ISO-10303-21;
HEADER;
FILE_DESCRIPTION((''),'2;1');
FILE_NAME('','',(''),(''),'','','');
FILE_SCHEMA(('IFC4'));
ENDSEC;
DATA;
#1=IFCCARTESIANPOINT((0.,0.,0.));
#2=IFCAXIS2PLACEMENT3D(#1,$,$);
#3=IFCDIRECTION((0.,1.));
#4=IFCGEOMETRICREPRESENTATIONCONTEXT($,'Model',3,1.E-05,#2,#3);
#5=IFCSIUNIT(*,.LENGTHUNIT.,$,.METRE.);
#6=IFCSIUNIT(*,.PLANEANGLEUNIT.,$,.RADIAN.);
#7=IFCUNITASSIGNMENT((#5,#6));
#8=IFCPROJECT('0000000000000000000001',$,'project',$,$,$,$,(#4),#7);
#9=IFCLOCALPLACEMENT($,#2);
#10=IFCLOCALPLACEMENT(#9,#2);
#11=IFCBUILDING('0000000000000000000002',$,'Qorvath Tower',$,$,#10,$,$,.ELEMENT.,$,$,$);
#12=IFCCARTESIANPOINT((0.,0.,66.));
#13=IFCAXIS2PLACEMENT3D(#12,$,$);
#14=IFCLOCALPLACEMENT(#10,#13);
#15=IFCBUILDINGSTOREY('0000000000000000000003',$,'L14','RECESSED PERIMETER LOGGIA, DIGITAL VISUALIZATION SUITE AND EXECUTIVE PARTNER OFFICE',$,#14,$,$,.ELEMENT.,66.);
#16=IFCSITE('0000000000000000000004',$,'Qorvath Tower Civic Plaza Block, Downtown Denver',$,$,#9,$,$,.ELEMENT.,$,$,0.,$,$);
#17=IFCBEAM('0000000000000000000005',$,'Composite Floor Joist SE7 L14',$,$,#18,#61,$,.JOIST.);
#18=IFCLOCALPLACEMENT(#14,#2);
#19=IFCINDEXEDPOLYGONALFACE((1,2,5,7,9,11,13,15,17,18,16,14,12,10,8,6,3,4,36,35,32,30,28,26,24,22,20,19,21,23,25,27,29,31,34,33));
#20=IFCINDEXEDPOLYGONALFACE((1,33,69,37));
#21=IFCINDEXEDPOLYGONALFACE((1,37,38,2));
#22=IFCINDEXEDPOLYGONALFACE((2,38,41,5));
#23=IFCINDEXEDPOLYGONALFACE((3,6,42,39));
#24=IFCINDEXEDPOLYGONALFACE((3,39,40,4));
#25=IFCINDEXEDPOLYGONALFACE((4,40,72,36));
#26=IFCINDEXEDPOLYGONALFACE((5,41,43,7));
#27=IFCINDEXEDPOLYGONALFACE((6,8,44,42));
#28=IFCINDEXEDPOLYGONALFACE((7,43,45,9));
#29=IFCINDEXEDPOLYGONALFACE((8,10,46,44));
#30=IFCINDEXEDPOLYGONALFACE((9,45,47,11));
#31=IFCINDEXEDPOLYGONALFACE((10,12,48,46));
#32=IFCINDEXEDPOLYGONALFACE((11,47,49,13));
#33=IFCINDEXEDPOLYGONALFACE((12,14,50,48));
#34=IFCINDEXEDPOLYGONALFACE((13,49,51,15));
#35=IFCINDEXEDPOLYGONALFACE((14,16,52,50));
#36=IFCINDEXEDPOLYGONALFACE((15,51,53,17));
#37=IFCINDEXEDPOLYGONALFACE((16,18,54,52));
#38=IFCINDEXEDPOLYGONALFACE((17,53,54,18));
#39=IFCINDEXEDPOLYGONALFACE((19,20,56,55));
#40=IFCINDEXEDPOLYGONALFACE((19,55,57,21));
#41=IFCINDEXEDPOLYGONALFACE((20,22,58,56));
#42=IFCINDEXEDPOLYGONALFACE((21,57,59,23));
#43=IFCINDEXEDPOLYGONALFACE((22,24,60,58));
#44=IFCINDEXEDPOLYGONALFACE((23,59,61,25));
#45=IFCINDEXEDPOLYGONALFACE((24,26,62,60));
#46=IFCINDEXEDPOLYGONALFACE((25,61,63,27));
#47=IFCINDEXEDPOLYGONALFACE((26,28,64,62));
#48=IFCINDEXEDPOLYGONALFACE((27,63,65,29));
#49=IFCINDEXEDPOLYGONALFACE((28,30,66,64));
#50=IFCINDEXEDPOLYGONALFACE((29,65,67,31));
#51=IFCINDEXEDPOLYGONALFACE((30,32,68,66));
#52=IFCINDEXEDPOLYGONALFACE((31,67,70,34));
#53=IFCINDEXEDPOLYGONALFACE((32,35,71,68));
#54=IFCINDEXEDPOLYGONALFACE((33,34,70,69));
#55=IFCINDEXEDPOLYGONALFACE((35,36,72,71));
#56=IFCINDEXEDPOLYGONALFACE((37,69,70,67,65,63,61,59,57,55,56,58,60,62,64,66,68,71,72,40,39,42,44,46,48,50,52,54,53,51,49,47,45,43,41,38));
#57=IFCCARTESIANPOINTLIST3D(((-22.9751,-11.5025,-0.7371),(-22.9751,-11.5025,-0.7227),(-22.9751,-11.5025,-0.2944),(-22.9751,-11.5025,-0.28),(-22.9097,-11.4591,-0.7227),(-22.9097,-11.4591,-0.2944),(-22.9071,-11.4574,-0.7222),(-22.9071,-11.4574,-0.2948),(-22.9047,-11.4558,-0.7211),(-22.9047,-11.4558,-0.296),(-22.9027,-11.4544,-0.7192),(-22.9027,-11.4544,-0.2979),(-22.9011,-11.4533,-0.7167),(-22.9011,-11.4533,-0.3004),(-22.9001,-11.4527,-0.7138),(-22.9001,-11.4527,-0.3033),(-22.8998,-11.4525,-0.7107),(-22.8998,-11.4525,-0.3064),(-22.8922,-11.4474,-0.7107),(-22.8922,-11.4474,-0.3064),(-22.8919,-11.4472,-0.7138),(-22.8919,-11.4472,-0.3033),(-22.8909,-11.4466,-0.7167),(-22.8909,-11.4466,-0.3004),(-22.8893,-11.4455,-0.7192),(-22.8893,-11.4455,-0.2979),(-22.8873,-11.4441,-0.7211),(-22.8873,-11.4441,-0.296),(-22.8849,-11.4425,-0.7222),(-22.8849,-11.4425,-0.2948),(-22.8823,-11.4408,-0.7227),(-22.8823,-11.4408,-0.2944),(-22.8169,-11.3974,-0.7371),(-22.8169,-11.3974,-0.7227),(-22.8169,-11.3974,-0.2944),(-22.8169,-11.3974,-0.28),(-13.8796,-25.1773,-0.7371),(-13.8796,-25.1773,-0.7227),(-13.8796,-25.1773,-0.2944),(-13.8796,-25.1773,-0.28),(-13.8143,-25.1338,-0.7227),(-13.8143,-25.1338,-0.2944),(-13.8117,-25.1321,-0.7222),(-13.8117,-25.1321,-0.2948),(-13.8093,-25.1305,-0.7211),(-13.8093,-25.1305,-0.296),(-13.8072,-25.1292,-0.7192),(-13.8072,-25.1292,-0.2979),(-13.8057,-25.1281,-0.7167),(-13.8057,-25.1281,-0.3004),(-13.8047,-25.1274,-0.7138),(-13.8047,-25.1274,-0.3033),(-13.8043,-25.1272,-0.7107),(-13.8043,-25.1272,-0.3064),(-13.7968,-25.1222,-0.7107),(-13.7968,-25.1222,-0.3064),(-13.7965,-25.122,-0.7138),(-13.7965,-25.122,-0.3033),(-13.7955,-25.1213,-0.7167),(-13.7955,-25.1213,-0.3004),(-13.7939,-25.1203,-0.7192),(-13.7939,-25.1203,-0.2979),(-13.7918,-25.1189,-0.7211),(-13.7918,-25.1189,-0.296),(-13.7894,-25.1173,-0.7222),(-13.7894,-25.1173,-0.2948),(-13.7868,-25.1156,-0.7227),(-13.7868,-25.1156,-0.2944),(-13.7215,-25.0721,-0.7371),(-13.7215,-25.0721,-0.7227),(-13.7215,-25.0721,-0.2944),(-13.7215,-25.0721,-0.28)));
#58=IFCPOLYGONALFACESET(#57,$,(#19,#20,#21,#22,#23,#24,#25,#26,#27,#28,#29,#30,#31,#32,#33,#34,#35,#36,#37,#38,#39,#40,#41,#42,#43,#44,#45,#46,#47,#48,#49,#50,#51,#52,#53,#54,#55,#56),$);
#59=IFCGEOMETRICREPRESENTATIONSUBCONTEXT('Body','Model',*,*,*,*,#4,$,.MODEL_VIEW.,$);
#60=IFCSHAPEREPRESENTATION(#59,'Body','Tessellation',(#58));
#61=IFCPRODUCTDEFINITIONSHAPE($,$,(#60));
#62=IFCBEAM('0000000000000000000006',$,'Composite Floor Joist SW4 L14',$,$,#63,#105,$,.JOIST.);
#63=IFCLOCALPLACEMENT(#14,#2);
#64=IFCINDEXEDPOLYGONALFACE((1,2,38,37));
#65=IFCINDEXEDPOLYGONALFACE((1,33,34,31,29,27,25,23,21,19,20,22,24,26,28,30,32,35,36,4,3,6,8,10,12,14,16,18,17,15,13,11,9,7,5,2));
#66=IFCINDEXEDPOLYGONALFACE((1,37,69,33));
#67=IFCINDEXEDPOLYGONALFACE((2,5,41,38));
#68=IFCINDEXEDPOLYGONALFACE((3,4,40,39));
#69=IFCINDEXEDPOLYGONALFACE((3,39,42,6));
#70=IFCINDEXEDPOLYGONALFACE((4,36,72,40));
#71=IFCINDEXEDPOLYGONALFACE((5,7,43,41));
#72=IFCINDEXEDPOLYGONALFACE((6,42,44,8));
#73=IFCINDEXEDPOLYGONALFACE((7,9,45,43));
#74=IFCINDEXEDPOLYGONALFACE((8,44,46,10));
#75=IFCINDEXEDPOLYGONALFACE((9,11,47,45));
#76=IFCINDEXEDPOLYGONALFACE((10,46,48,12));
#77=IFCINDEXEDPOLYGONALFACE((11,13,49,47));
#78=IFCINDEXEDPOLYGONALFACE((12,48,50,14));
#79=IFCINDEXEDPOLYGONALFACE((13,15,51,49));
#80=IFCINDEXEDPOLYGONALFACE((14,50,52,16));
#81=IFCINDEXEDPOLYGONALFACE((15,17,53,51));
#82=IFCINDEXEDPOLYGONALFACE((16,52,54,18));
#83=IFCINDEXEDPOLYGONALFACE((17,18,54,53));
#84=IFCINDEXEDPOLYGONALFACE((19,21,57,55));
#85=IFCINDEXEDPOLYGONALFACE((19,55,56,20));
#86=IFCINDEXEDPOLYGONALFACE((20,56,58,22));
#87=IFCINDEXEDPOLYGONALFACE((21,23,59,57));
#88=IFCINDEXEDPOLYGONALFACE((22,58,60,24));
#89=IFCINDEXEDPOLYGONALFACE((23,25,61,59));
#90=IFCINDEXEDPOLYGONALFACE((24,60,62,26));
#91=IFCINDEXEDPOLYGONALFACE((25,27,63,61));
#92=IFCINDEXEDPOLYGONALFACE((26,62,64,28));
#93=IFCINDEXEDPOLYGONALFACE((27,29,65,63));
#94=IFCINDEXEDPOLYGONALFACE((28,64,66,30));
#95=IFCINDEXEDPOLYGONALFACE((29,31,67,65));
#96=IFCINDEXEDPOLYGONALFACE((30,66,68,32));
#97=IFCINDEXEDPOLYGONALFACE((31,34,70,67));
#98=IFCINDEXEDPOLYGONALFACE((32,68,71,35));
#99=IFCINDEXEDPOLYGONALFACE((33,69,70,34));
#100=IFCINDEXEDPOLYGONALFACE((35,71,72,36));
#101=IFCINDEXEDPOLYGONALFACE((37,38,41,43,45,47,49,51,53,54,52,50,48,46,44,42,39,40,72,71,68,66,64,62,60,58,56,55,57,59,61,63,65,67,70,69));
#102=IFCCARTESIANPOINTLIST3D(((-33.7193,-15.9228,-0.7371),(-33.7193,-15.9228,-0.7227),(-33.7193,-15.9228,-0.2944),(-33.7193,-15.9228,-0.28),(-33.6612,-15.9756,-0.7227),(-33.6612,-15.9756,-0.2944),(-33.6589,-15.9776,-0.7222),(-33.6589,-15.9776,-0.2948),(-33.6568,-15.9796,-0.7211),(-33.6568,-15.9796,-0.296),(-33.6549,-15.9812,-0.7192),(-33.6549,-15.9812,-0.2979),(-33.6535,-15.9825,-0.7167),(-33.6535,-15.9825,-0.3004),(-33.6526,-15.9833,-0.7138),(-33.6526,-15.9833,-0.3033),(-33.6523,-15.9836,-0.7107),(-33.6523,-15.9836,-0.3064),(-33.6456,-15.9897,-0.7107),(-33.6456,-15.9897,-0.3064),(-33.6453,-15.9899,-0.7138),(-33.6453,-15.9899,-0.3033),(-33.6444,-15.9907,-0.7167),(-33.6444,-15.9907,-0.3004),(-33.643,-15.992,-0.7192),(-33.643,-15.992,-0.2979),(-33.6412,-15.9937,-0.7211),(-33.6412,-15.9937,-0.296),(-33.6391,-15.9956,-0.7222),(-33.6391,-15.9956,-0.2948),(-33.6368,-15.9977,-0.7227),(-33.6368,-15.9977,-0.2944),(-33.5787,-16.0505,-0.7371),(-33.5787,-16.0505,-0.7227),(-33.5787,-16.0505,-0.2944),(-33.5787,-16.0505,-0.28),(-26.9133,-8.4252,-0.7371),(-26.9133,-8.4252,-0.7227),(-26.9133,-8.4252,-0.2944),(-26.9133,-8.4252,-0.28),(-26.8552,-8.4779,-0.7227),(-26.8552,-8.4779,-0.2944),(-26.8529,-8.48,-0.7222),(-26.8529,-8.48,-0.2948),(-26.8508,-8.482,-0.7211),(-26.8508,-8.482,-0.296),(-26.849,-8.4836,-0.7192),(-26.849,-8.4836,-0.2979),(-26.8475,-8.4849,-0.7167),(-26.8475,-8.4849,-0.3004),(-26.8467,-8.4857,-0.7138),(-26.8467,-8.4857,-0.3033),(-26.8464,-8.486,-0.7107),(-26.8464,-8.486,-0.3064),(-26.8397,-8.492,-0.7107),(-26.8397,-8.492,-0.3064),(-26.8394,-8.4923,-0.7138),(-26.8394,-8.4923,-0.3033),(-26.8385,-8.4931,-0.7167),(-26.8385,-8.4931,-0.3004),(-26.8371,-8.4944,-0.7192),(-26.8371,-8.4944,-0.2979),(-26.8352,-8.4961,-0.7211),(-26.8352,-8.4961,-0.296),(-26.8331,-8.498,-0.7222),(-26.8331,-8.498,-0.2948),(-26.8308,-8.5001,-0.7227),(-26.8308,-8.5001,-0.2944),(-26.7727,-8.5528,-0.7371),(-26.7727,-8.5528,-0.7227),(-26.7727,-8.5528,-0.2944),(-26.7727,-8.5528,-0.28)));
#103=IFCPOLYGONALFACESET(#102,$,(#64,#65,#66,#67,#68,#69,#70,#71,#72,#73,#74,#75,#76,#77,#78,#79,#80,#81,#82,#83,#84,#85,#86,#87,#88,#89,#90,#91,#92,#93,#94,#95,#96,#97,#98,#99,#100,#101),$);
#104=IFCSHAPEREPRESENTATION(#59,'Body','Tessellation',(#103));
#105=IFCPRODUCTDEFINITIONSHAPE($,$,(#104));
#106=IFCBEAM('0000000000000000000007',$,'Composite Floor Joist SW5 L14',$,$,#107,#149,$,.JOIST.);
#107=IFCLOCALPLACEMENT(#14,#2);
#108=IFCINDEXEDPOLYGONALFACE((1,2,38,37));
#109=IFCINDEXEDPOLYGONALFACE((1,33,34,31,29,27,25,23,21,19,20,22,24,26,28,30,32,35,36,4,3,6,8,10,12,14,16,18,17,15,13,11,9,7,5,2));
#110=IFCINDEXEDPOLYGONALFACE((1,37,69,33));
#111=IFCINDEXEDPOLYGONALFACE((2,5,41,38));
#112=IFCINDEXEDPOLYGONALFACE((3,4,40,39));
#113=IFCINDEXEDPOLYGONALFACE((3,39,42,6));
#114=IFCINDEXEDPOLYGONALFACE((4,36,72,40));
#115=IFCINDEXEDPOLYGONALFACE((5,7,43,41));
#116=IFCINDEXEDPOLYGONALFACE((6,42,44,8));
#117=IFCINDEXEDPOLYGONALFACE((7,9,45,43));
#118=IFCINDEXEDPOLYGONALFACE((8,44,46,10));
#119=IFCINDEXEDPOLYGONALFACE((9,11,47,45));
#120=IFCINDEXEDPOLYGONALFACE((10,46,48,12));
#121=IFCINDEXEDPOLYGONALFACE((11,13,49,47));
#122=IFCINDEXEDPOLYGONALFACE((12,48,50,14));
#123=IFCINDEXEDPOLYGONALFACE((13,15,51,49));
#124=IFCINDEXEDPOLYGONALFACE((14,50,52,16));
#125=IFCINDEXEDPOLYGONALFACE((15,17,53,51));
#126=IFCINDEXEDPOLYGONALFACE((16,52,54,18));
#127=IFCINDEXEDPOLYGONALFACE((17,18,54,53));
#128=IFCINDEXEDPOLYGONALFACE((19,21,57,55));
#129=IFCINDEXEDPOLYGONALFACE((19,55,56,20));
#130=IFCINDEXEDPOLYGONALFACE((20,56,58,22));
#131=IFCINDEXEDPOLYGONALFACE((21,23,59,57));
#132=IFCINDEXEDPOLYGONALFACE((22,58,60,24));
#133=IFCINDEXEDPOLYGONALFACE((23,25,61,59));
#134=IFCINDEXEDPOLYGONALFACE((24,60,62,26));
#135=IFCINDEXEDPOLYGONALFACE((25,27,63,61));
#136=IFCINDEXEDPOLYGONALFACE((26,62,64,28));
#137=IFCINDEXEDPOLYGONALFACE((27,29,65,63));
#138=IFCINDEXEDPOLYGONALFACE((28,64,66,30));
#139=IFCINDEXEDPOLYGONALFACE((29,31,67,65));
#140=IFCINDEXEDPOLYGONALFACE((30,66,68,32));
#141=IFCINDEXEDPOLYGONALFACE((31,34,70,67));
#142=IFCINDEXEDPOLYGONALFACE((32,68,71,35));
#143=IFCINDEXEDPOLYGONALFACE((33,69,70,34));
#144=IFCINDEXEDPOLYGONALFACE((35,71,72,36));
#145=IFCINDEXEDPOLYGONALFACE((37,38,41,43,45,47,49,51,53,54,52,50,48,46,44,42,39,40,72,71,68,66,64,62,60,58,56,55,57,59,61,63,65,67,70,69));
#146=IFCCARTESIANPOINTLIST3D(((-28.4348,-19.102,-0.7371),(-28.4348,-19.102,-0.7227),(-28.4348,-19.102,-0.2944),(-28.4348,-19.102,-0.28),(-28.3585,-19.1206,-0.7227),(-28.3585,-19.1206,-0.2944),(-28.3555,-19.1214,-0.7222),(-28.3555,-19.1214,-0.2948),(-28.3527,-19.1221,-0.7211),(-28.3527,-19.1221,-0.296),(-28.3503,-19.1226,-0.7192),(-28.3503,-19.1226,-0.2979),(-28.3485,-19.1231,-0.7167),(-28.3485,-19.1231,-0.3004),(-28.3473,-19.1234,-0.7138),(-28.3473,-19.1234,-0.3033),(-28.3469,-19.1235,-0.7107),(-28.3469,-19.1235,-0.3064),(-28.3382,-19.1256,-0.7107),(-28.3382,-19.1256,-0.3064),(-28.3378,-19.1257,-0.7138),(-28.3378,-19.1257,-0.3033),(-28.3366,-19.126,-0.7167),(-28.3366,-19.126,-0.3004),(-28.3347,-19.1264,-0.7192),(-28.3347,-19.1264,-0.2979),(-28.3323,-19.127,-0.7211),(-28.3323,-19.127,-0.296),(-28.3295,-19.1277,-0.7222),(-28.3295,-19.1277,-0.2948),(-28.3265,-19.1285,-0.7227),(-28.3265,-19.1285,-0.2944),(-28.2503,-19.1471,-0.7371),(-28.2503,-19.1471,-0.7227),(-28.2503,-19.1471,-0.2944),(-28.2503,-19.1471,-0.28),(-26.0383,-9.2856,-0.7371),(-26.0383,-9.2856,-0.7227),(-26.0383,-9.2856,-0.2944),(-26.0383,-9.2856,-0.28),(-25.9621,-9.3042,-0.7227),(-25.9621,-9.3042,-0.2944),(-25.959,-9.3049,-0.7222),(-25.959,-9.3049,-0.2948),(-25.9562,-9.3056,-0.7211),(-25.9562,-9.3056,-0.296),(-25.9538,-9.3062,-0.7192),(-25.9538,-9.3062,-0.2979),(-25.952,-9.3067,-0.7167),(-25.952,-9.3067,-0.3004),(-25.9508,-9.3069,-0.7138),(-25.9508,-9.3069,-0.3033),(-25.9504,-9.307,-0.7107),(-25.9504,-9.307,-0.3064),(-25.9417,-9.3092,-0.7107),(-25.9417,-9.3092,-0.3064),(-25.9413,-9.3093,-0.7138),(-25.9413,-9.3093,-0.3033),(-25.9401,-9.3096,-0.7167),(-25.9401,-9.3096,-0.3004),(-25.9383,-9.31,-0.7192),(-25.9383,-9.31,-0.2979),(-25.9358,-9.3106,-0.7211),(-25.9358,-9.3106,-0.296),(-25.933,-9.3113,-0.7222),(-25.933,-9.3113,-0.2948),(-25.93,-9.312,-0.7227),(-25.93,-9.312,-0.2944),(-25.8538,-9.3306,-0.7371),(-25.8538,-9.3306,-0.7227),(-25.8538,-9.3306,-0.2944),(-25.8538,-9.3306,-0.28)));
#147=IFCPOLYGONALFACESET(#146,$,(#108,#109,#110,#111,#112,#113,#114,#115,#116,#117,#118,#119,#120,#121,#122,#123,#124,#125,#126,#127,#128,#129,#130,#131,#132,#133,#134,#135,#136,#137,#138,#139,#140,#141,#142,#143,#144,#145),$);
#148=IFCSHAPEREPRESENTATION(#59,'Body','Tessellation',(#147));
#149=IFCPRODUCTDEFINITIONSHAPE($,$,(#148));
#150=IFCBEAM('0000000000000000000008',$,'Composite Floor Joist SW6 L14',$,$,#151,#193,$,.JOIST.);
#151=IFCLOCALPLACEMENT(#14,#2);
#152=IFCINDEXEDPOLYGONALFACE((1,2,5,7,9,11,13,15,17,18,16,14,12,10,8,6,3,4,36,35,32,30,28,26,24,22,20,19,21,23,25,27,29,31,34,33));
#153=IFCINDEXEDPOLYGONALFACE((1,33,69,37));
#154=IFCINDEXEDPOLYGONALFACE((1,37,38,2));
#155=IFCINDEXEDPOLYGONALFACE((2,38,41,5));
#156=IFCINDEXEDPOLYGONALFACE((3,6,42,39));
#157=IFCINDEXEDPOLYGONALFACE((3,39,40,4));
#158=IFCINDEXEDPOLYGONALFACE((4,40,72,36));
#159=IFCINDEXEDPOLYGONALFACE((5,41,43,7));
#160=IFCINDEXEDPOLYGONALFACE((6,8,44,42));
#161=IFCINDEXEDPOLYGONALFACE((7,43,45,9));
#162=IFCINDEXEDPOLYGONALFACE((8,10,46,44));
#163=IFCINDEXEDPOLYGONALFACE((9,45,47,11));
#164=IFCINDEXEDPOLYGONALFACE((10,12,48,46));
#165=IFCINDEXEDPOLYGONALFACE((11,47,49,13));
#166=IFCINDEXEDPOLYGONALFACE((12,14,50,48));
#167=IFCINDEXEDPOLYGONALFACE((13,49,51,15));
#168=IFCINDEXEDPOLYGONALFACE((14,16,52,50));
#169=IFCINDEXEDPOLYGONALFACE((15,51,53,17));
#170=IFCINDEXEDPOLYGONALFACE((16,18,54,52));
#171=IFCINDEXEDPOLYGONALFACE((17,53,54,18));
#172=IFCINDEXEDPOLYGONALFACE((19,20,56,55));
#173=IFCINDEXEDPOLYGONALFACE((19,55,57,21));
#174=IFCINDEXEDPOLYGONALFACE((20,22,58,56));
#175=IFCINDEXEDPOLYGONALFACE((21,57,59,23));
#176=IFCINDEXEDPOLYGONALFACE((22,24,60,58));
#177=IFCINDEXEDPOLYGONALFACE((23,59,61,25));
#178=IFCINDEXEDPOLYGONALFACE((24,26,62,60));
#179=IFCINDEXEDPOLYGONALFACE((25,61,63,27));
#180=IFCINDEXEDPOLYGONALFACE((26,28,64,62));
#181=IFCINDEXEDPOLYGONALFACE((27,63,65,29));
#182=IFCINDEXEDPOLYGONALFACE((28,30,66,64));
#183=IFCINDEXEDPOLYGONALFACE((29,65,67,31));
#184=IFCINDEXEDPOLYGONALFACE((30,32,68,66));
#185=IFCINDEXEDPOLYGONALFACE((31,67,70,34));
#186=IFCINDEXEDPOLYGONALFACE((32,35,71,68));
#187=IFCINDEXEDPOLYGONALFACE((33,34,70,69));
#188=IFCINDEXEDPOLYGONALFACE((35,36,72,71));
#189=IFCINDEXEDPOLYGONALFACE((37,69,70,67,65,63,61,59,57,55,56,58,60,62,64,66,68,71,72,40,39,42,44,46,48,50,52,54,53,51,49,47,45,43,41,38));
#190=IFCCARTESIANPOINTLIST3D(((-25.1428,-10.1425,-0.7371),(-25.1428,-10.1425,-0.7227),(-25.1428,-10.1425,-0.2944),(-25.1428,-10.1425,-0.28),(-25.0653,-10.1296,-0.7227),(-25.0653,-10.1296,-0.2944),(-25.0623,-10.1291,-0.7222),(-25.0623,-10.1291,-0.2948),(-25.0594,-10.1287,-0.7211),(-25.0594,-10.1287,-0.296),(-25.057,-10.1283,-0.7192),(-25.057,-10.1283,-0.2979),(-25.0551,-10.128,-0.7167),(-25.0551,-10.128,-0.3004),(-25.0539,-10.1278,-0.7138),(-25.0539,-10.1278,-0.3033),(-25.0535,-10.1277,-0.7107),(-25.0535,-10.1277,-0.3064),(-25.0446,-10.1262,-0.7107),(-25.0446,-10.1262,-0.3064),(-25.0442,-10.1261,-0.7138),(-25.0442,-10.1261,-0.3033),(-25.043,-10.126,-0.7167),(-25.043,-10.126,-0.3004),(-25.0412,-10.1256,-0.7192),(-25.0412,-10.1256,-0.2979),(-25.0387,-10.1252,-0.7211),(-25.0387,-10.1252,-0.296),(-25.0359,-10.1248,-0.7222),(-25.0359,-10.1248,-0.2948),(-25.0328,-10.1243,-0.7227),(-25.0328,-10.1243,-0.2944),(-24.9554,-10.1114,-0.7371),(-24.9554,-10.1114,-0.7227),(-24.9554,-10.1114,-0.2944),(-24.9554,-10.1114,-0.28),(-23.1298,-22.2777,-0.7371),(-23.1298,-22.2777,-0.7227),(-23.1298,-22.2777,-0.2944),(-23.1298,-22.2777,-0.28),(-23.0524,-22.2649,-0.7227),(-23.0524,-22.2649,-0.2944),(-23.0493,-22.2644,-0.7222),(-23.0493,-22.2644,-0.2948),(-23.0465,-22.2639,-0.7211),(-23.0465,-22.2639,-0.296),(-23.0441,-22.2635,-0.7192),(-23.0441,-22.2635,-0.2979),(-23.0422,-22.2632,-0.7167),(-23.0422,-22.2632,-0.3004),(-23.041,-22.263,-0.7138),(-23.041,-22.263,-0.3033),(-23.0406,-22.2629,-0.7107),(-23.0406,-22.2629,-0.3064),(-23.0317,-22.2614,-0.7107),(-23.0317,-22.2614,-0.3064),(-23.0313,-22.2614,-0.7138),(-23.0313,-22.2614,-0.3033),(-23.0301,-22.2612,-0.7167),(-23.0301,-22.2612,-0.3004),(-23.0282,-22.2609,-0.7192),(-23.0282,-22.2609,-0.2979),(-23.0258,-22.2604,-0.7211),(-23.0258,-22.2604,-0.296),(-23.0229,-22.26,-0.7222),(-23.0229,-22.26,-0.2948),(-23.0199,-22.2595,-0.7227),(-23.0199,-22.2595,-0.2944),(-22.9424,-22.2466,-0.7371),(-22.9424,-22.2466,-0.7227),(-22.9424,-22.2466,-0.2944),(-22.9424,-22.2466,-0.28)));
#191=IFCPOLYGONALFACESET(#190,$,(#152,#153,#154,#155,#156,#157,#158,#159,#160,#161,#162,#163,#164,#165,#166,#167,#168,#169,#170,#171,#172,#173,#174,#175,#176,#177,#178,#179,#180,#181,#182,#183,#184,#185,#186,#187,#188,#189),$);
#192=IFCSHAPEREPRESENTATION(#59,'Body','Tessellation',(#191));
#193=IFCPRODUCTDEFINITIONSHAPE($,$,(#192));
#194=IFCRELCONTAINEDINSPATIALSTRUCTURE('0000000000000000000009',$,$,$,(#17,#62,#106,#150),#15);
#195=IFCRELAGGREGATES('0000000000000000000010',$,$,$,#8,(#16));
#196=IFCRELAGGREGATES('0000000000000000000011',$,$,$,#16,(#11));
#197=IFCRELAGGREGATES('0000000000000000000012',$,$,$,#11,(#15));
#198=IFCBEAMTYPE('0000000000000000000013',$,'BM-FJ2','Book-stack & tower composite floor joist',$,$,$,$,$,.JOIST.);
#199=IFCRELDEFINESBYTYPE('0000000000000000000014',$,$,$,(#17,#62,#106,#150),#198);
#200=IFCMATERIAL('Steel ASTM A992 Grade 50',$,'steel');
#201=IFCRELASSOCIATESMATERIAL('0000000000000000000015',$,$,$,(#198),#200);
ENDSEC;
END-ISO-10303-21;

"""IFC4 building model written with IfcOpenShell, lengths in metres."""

from ifc_helpers import new_model, si_unit, direction, frame, origin, origin_2d, place, context, subcontext, project, spatial, i_section, extrude, material, material_profile, profile_set, type_object, element, save


model = new_model("IFC4")

# Units and contexts
model_context = context("Model", 3, precision=1e-05, world=origin(), true_north=direction((0.0, 1.0)))
body_context = subcontext(model_context, "Body", "Model", "MODEL_VIEW")
ifc_project = project(units=[si_unit("LENGTHUNIT", "METRE"), si_unit("PLANEANGLEUNIT", "RADIAN")], contexts=[model_context])

# Site, building, storey
site_placement = place(None, origin())
site = spatial("IfcSite", under=ifc_project, at=site_placement, Name="Qorvath Tower Civic Plaza Block, Downtown Denver", CompositionType="ELEMENT", RefElevation=0.0)
building_placement = place(site_placement, origin())
building = spatial("IfcBuilding", under=site, at=building_placement, Name="Qorvath Tower", CompositionType="ELEMENT")
storey_placement = place(building_placement, frame((0.0, 0.0, 66.0)))
storey = spatial("IfcBuildingStorey", under=building, at=storey_placement, Name="L14", Description="RECESSED PERIMETER LOGGIA, DIGITAL VISUALIZATION SUITE AND EXECUTIVE PARTNER OFFICE", CompositionType="ELEMENT", Elevation=66.0)

# Beams
ifc_material_1 = material(Name="Steel ASTM A992 Grade 50", Category="steel")
ifc_material_profile_1 = material_profile(ifc_material_1, i_section(OverallWidth=0.1899, OverallDepth=0.457, WebThickness=0.009, FlangeThickness=0.0144, FilletRadius=0.012, at=origin_2d()), Name="W18x50")
ifc_profile_set_1 = profile_set([ifc_material_profile_1], Name="Steel ASTM A992 Grade 50")
beam_type_1 = type_object("IfcBeamType", Name="BM-FJ2", Description="Book-stack & tower composite floor joist", PredefinedType="JOIST", material=ifc_profile_set_1)
beam_1_placement = place(storey_placement, frame((-22.896, -11.45, -0.5085), z_axis=(0.553811, -0.832642, 0.0), x_axis=(0.832642, 0.553811, 0.0)))
element("IfcBeam", 1, at=beam_1_placement, inside=storey, type_object=beam_type_1, Name="Composite Floor Joist SE7 L14", PredefinedType="JOIST", context=body_context, shape_type="SweptSolid", body=[
    extrude(i_section(OverallWidth=0.1899, OverallDepth=0.457, WebThickness=0.009, FlangeThickness=0.0144, FilletRadius=0.012, at=origin_2d()), origin(), (0.0, 0.0, 1.0), 16.4233),
])
beam_2_placement = place(storey_placement, frame((-26.843, -8.489, -0.5085), z_axis=(-0.672129, -0.740434, 0.0), x_axis=(0.740434, -0.672129, 0.0)))
element("IfcBeam", 2, at=beam_2_placement, inside=storey, type_object=beam_type_1, Name="Composite Floor Joist SW4 L14", PredefinedType="JOIST", context=body_context, shape_type="SweptSolid", body=[
    extrude(i_section(OverallWidth=0.1899, OverallDepth=0.457, WebThickness=0.009, FlangeThickness=0.0144, FilletRadius=0.012, at=origin_2d()), origin(), (0.0, 0.0, 1.0), 10.126),
])
beam_3_placement = place(storey_placement, frame((-25.946, -9.3081, -0.5085), z_axis=(-0.237165, -0.971469, 0.0), x_axis=(0.971469, -0.237165, 0.0)))
element("IfcBeam", 3, at=beam_3_placement, inside=storey, type_object=beam_type_1, Name="Composite Floor Joist SW5 L14", PredefinedType="JOIST", context=body_context, shape_type="SweptSolid", body=[
    extrude(i_section(OverallWidth=0.1899, OverallDepth=0.457, WebThickness=0.009, FlangeThickness=0.0144, FilletRadius=0.012, at=origin_2d()), origin(), (0.0, 0.0, 1.0), 10.1047),
])
beam_4_placement = place(storey_placement, frame((-25.0491, -10.127, -0.5085), z_axis=(0.163639, -0.98652, 0.0), x_axis=(0.98652, 0.163639, 0.0)))
element("IfcBeam", 4, at=beam_4_placement, inside=storey, type_object=beam_type_1, Name="Composite Floor Joist SW6 L14", PredefinedType="JOIST", context=body_context, shape_type="SweptSolid", body=[
    extrude(i_section(OverallWidth=0.1899, OverallDepth=0.457, WebThickness=0.009, FlangeThickness=0.0144, FilletRadius=0.012, at=origin_2d()), origin(), (0.0, 0.0, 1.0), 12.301),
])

save(model, "model.ifc")
